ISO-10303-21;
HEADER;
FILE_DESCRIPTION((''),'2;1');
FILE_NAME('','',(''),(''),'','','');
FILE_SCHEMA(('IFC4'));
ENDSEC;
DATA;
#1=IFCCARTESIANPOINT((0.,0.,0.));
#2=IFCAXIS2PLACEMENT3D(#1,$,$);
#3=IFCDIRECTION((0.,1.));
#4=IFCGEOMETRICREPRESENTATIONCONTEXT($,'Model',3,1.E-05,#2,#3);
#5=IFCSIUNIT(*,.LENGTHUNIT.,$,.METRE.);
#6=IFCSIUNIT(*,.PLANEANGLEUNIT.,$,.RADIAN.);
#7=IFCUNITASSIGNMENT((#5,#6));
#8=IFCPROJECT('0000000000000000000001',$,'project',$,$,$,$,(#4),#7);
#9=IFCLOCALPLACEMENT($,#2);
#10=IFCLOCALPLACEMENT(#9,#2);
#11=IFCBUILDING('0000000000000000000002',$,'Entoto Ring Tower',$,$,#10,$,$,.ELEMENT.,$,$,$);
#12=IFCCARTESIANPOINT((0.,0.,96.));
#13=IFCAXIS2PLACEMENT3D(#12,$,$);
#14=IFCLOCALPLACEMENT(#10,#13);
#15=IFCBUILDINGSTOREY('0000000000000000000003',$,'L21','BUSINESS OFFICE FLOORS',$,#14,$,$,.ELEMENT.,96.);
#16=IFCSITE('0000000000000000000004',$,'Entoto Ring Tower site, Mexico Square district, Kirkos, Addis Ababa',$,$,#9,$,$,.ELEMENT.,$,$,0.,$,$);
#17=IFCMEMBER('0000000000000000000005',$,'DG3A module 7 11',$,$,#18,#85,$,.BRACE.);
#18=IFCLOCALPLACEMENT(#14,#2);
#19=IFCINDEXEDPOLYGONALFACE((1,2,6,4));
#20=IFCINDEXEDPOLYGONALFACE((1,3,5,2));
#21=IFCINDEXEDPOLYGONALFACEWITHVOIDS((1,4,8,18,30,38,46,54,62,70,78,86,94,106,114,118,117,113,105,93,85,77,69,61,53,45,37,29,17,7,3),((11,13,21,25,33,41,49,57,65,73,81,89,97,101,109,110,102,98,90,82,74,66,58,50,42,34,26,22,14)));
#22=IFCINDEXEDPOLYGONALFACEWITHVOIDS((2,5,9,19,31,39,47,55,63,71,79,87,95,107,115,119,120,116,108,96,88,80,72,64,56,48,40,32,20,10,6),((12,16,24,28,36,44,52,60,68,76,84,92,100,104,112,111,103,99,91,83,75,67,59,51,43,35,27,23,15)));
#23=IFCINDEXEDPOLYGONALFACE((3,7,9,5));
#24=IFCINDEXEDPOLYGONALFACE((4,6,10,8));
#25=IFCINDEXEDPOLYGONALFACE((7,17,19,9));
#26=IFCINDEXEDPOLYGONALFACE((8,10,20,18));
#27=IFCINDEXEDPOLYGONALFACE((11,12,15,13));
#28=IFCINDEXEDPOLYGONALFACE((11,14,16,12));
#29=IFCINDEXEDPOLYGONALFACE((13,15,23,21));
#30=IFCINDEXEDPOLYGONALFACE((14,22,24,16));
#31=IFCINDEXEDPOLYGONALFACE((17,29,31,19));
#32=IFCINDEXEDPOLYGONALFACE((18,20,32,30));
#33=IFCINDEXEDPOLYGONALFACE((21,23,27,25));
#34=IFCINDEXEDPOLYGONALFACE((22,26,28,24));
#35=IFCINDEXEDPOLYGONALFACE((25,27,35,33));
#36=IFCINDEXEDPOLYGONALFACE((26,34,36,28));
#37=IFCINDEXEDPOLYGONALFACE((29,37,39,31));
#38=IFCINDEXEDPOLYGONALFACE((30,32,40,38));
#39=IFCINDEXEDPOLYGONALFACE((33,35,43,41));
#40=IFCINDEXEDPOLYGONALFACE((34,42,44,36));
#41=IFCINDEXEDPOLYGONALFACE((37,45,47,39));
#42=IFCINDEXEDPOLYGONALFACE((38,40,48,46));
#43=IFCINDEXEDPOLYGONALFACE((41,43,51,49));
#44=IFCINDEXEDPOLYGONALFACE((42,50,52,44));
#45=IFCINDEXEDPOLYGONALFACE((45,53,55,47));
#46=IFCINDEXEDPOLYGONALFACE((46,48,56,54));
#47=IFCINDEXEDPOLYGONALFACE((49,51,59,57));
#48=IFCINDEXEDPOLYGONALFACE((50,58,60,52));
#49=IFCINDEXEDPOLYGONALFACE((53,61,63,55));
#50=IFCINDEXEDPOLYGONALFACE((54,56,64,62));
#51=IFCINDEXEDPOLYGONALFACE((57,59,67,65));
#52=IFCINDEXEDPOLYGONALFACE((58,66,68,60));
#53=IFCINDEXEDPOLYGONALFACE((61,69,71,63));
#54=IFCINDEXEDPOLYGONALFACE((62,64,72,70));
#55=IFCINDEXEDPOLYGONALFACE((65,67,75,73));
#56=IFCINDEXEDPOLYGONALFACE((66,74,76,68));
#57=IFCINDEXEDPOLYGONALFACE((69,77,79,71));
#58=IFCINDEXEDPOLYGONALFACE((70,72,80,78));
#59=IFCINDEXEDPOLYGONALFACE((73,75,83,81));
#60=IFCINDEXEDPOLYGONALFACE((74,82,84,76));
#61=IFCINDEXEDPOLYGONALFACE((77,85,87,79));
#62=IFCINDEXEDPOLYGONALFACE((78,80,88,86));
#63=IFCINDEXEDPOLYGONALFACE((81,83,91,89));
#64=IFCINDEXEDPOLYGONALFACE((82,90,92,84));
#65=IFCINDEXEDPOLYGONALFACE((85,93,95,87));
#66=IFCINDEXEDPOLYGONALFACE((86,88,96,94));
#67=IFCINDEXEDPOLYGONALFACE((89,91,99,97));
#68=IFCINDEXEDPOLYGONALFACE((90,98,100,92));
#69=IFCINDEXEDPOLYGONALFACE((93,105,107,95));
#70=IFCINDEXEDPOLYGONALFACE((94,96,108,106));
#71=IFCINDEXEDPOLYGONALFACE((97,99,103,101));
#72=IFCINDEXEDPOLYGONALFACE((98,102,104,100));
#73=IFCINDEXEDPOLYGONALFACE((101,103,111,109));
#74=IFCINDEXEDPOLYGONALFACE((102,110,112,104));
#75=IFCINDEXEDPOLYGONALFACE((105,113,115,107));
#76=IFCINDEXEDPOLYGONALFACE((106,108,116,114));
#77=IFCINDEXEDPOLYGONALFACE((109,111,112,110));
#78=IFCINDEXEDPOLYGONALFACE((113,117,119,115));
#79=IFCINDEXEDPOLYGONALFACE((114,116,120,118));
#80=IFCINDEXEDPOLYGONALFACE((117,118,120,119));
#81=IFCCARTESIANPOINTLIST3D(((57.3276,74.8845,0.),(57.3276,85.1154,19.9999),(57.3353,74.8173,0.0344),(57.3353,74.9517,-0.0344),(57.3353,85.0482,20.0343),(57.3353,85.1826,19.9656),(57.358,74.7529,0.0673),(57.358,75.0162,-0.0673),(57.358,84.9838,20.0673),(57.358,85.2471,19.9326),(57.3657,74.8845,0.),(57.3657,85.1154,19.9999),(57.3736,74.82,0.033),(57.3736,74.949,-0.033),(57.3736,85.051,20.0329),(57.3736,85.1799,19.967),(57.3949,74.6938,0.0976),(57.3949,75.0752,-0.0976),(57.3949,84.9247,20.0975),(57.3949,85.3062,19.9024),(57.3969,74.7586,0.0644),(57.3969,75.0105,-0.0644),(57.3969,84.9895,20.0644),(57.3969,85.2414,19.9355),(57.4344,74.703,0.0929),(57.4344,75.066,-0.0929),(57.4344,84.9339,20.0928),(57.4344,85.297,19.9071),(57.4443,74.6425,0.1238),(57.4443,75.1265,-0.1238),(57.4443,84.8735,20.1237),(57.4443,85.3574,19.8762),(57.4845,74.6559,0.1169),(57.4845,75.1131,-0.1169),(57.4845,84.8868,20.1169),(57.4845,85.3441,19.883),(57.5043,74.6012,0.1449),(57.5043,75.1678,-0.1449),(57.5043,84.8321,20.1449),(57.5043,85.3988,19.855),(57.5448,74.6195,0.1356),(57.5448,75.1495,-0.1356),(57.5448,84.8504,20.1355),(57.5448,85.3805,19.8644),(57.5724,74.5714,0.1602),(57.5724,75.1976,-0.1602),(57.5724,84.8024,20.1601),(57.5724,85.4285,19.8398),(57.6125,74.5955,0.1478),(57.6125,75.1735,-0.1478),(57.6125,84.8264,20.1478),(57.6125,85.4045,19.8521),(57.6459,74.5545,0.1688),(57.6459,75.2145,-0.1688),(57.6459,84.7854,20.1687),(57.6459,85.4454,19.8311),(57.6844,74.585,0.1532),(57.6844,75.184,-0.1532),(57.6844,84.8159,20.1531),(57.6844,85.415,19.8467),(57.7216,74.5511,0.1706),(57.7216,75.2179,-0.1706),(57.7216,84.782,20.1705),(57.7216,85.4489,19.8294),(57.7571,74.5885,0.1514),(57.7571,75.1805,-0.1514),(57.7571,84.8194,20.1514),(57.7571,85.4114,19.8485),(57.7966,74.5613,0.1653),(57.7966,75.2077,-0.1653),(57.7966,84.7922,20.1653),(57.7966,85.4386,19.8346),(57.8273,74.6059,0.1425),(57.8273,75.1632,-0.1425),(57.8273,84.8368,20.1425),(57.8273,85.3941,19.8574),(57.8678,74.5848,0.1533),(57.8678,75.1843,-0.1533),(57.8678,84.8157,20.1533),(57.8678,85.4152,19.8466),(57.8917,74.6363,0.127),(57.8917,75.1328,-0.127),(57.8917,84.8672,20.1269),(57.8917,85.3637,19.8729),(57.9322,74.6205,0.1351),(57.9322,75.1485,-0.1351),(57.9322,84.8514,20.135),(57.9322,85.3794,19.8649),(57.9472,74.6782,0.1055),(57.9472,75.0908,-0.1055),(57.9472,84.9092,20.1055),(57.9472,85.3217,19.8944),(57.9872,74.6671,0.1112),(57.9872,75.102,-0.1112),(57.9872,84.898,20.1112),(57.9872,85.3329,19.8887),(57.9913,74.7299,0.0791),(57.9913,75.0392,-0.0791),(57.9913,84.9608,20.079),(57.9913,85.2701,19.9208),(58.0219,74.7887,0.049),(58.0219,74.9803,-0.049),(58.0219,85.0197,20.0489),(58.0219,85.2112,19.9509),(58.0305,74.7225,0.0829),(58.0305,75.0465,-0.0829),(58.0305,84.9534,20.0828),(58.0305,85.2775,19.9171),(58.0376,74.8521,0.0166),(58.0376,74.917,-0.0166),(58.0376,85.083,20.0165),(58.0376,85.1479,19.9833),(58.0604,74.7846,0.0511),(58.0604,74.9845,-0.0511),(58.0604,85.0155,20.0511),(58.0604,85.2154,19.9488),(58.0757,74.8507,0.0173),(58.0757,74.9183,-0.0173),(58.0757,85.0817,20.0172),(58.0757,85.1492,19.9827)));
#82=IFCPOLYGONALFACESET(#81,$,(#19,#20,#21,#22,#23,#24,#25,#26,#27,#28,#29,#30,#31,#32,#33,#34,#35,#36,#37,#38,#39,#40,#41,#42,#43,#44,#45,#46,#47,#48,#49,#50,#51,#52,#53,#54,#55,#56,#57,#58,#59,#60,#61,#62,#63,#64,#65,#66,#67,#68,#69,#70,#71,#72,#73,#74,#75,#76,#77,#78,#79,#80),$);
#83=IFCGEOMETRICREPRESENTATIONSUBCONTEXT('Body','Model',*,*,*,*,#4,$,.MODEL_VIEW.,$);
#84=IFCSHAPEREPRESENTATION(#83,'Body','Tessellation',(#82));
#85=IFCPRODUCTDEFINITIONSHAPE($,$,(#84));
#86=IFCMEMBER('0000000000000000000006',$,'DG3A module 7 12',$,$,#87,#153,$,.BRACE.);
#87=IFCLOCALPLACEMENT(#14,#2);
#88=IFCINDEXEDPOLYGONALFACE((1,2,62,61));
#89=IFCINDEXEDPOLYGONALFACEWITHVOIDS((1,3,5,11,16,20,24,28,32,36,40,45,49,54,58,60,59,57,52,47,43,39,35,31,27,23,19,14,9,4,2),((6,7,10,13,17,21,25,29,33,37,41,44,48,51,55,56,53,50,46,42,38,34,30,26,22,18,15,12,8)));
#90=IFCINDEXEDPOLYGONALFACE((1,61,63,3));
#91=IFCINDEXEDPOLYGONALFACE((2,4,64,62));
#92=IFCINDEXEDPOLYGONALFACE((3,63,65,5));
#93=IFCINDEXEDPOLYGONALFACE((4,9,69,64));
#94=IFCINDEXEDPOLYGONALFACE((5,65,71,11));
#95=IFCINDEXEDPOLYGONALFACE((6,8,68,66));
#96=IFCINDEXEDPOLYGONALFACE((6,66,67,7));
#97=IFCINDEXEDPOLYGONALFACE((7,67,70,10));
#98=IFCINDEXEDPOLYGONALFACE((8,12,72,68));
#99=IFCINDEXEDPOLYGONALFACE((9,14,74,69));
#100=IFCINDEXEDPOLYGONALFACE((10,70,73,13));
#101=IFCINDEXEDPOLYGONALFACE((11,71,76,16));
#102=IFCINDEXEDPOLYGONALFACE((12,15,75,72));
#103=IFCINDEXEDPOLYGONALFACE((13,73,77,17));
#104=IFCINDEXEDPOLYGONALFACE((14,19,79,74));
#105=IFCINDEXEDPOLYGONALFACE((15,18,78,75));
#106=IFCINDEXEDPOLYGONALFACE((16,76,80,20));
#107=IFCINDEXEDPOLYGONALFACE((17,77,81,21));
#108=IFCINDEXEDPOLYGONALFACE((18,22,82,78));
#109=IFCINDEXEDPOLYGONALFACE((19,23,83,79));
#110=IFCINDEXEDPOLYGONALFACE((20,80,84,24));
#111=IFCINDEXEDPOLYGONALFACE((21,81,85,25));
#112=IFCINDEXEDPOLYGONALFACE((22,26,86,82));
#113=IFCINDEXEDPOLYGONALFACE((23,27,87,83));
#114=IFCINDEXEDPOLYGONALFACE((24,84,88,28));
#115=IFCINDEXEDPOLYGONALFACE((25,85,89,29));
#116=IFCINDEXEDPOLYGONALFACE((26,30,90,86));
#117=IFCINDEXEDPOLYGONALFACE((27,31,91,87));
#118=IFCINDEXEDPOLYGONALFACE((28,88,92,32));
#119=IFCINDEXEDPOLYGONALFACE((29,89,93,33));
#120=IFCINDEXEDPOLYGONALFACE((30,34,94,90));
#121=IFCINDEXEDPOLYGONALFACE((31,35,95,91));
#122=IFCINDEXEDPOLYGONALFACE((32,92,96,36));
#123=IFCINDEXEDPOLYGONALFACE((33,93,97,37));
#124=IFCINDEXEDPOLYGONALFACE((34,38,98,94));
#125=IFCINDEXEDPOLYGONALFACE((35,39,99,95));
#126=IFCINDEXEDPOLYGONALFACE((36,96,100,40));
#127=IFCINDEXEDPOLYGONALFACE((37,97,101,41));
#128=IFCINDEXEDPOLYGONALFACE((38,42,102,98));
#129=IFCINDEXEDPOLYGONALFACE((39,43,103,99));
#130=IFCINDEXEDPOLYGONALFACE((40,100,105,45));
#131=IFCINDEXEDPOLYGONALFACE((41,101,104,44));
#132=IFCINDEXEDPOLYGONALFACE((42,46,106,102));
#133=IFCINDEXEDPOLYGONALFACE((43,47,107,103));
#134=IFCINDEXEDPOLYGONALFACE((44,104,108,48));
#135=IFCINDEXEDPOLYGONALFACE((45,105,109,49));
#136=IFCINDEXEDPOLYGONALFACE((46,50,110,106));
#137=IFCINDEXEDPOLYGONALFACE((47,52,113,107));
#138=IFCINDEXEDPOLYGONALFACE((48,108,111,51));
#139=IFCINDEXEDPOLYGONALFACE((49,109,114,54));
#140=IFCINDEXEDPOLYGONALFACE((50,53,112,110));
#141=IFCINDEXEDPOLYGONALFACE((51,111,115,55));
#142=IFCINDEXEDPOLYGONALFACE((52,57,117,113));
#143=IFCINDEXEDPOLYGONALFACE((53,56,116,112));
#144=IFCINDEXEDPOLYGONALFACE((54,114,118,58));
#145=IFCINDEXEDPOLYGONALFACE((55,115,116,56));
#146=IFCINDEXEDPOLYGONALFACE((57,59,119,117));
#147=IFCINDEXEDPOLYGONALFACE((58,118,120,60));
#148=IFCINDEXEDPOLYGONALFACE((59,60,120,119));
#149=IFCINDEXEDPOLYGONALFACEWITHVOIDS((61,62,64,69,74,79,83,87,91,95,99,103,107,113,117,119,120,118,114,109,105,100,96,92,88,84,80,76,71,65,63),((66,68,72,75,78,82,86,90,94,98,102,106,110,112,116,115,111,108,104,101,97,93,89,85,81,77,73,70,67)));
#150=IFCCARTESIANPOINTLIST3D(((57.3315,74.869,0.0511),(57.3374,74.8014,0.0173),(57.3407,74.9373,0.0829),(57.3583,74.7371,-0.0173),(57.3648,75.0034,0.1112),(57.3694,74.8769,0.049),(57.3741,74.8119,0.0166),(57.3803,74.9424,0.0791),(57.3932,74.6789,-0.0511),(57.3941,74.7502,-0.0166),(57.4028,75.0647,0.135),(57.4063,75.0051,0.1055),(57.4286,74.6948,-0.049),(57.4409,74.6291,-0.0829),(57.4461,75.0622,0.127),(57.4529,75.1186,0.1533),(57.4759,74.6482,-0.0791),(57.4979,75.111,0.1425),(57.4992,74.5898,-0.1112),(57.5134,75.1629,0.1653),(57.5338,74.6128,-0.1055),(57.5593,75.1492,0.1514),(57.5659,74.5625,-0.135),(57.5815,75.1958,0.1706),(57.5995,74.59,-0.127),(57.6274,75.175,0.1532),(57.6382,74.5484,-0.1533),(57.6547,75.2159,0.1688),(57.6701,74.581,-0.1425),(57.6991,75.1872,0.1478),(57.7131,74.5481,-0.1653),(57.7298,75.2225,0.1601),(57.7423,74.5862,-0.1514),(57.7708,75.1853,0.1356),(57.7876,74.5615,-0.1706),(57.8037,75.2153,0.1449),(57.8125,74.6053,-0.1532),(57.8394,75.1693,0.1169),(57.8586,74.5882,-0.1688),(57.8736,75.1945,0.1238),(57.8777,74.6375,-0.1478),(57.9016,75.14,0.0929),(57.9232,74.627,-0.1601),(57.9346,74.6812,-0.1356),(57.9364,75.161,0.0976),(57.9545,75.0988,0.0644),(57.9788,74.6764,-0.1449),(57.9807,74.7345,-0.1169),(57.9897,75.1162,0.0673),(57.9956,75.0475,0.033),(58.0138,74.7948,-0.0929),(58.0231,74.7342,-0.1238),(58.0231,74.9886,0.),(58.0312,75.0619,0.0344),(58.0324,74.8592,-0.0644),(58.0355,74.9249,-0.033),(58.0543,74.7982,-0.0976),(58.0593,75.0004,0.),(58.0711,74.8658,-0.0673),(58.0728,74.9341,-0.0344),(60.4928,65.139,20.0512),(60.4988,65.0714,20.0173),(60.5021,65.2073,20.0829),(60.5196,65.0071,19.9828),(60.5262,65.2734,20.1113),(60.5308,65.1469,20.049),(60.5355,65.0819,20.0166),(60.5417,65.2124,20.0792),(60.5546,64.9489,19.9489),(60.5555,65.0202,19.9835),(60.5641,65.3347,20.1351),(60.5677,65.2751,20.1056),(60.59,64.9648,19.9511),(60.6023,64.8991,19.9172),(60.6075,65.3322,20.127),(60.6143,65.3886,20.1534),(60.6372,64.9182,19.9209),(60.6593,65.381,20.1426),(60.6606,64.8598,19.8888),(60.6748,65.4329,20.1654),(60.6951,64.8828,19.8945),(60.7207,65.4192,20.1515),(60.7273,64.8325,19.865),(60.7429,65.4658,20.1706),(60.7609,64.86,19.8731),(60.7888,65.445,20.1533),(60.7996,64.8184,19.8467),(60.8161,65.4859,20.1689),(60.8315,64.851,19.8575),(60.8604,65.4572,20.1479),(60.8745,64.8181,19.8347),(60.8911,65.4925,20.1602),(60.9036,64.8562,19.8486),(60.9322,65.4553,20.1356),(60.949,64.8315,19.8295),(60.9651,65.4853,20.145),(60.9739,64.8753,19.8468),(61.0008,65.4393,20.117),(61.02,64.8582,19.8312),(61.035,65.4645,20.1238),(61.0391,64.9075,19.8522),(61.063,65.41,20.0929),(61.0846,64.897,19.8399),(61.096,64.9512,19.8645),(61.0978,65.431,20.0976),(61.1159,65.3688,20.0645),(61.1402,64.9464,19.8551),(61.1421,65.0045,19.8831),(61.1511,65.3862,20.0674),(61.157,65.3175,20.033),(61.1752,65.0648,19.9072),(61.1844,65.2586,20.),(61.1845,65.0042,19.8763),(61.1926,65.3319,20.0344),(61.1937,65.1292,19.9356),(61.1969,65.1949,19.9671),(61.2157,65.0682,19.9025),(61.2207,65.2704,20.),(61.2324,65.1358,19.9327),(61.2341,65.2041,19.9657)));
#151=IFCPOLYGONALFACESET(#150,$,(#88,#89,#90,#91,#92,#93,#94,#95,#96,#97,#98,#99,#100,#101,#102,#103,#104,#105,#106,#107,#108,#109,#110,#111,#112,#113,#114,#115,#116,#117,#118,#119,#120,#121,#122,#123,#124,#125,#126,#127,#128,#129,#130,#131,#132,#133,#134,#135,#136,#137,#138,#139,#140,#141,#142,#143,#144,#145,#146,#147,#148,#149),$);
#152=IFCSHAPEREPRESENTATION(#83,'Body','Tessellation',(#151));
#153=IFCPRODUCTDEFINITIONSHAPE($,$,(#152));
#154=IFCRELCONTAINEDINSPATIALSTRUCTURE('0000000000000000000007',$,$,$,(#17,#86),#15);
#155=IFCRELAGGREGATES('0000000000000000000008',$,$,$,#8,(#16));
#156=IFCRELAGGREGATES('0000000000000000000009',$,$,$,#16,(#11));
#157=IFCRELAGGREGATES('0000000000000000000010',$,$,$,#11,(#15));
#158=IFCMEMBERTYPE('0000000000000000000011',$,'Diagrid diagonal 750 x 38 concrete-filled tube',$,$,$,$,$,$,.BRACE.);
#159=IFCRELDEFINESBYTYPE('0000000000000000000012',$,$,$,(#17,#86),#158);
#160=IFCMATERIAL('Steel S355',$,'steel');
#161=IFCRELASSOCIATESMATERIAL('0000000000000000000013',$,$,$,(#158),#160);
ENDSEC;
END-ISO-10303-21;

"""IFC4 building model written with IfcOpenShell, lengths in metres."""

from ifc_helpers import new_model, si_unit, direction, frame, origin, origin_2d, place, context, subcontext, project, spatial, circle, hollow_circle, extrude, material, material_profile, profile_set, type_object, element, save


model = new_model("IFC4")

# Units and contexts
model_context = context("Model", 3, precision=1e-05, world=origin(), true_north=direction((0.0, 1.0)))
body_context = subcontext(model_context, "Body", "Model", "MODEL_VIEW")
ifc_project = project(units=[si_unit("LENGTHUNIT", "METRE"), si_unit("PLANEANGLEUNIT", "RADIAN")], contexts=[model_context])

# Site, building, storey
site_placement = place(None, origin())
site = spatial("IfcSite", under=ifc_project, at=site_placement, Name="Entoto Ring Tower site, Mexico Square district, Kirkos, Addis Ababa", CompositionType="ELEMENT", RefElevation=0.0)
building_placement = place(site_placement, origin())
building = spatial("IfcBuilding", under=site, at=building_placement, Name="Entoto Ring Tower", CompositionType="ELEMENT")
storey_placement = place(building_placement, frame((0.0, 0.0, 96.0)))
storey = spatial("IfcBuildingStorey", under=building, at=storey_placement, Name="L21", Description="BUSINESS OFFICE FLOORS", CompositionType="ELEMENT", Elevation=96.0)

# Members
ifc_material_1 = material(Name="Steel S355", Category="steel")
ifc_material_profile_1 = material_profile(ifc_material_1, hollow_circle(Radius=0.375, WallThickness=0.0381, at=origin_2d()), Name="CHS 750 x 38")
ifc_material_2 = material(Name="Concrete C60/75", Category="concrete")
ifc_material_profile_2 = material_profile(ifc_material_2, circle(Radius=0.3369, at=origin_2d()), Name="Concrete C60/75 infill")
ifc_profile_set_1 = profile_set([ifc_material_profile_1, ifc_material_profile_2], Name="Steel S355")
member_type_1 = type_object("IfcMemberType", Name="Diagrid diagonal 750 x 38 concrete-filled tube", PredefinedType="BRACE", material=ifc_profile_set_1)
for number, where, z_axis, x_axis, name in (
    (1, (57.7026, 74.8845, 0.0), (0.0, 0.455419, 0.890277), (-1.0, 0.0, 0.0), "DG3A module 7 11"),
    (2, (57.7026, 74.8845, 0.0), (0.140726, -0.433121, 0.890282), (0.951059, 0.309009, 0.0), "DG3A module 7 12"),
):
    element("IfcMember", number, at=place(storey_placement, frame(where, z_axis=z_axis, x_axis=x_axis)), inside=storey, type_object=member_type_1, Name=name, PredefinedType="BRACE", context=body_context, shape_type="SweptSolid", body=[
        extrude(hollow_circle(Radius=0.375, WallThickness=0.0381, at=origin_2d()), origin(), (0.0, 0.0, 1.0), 22.4648),
    ])

save(model, "model.ifc")
